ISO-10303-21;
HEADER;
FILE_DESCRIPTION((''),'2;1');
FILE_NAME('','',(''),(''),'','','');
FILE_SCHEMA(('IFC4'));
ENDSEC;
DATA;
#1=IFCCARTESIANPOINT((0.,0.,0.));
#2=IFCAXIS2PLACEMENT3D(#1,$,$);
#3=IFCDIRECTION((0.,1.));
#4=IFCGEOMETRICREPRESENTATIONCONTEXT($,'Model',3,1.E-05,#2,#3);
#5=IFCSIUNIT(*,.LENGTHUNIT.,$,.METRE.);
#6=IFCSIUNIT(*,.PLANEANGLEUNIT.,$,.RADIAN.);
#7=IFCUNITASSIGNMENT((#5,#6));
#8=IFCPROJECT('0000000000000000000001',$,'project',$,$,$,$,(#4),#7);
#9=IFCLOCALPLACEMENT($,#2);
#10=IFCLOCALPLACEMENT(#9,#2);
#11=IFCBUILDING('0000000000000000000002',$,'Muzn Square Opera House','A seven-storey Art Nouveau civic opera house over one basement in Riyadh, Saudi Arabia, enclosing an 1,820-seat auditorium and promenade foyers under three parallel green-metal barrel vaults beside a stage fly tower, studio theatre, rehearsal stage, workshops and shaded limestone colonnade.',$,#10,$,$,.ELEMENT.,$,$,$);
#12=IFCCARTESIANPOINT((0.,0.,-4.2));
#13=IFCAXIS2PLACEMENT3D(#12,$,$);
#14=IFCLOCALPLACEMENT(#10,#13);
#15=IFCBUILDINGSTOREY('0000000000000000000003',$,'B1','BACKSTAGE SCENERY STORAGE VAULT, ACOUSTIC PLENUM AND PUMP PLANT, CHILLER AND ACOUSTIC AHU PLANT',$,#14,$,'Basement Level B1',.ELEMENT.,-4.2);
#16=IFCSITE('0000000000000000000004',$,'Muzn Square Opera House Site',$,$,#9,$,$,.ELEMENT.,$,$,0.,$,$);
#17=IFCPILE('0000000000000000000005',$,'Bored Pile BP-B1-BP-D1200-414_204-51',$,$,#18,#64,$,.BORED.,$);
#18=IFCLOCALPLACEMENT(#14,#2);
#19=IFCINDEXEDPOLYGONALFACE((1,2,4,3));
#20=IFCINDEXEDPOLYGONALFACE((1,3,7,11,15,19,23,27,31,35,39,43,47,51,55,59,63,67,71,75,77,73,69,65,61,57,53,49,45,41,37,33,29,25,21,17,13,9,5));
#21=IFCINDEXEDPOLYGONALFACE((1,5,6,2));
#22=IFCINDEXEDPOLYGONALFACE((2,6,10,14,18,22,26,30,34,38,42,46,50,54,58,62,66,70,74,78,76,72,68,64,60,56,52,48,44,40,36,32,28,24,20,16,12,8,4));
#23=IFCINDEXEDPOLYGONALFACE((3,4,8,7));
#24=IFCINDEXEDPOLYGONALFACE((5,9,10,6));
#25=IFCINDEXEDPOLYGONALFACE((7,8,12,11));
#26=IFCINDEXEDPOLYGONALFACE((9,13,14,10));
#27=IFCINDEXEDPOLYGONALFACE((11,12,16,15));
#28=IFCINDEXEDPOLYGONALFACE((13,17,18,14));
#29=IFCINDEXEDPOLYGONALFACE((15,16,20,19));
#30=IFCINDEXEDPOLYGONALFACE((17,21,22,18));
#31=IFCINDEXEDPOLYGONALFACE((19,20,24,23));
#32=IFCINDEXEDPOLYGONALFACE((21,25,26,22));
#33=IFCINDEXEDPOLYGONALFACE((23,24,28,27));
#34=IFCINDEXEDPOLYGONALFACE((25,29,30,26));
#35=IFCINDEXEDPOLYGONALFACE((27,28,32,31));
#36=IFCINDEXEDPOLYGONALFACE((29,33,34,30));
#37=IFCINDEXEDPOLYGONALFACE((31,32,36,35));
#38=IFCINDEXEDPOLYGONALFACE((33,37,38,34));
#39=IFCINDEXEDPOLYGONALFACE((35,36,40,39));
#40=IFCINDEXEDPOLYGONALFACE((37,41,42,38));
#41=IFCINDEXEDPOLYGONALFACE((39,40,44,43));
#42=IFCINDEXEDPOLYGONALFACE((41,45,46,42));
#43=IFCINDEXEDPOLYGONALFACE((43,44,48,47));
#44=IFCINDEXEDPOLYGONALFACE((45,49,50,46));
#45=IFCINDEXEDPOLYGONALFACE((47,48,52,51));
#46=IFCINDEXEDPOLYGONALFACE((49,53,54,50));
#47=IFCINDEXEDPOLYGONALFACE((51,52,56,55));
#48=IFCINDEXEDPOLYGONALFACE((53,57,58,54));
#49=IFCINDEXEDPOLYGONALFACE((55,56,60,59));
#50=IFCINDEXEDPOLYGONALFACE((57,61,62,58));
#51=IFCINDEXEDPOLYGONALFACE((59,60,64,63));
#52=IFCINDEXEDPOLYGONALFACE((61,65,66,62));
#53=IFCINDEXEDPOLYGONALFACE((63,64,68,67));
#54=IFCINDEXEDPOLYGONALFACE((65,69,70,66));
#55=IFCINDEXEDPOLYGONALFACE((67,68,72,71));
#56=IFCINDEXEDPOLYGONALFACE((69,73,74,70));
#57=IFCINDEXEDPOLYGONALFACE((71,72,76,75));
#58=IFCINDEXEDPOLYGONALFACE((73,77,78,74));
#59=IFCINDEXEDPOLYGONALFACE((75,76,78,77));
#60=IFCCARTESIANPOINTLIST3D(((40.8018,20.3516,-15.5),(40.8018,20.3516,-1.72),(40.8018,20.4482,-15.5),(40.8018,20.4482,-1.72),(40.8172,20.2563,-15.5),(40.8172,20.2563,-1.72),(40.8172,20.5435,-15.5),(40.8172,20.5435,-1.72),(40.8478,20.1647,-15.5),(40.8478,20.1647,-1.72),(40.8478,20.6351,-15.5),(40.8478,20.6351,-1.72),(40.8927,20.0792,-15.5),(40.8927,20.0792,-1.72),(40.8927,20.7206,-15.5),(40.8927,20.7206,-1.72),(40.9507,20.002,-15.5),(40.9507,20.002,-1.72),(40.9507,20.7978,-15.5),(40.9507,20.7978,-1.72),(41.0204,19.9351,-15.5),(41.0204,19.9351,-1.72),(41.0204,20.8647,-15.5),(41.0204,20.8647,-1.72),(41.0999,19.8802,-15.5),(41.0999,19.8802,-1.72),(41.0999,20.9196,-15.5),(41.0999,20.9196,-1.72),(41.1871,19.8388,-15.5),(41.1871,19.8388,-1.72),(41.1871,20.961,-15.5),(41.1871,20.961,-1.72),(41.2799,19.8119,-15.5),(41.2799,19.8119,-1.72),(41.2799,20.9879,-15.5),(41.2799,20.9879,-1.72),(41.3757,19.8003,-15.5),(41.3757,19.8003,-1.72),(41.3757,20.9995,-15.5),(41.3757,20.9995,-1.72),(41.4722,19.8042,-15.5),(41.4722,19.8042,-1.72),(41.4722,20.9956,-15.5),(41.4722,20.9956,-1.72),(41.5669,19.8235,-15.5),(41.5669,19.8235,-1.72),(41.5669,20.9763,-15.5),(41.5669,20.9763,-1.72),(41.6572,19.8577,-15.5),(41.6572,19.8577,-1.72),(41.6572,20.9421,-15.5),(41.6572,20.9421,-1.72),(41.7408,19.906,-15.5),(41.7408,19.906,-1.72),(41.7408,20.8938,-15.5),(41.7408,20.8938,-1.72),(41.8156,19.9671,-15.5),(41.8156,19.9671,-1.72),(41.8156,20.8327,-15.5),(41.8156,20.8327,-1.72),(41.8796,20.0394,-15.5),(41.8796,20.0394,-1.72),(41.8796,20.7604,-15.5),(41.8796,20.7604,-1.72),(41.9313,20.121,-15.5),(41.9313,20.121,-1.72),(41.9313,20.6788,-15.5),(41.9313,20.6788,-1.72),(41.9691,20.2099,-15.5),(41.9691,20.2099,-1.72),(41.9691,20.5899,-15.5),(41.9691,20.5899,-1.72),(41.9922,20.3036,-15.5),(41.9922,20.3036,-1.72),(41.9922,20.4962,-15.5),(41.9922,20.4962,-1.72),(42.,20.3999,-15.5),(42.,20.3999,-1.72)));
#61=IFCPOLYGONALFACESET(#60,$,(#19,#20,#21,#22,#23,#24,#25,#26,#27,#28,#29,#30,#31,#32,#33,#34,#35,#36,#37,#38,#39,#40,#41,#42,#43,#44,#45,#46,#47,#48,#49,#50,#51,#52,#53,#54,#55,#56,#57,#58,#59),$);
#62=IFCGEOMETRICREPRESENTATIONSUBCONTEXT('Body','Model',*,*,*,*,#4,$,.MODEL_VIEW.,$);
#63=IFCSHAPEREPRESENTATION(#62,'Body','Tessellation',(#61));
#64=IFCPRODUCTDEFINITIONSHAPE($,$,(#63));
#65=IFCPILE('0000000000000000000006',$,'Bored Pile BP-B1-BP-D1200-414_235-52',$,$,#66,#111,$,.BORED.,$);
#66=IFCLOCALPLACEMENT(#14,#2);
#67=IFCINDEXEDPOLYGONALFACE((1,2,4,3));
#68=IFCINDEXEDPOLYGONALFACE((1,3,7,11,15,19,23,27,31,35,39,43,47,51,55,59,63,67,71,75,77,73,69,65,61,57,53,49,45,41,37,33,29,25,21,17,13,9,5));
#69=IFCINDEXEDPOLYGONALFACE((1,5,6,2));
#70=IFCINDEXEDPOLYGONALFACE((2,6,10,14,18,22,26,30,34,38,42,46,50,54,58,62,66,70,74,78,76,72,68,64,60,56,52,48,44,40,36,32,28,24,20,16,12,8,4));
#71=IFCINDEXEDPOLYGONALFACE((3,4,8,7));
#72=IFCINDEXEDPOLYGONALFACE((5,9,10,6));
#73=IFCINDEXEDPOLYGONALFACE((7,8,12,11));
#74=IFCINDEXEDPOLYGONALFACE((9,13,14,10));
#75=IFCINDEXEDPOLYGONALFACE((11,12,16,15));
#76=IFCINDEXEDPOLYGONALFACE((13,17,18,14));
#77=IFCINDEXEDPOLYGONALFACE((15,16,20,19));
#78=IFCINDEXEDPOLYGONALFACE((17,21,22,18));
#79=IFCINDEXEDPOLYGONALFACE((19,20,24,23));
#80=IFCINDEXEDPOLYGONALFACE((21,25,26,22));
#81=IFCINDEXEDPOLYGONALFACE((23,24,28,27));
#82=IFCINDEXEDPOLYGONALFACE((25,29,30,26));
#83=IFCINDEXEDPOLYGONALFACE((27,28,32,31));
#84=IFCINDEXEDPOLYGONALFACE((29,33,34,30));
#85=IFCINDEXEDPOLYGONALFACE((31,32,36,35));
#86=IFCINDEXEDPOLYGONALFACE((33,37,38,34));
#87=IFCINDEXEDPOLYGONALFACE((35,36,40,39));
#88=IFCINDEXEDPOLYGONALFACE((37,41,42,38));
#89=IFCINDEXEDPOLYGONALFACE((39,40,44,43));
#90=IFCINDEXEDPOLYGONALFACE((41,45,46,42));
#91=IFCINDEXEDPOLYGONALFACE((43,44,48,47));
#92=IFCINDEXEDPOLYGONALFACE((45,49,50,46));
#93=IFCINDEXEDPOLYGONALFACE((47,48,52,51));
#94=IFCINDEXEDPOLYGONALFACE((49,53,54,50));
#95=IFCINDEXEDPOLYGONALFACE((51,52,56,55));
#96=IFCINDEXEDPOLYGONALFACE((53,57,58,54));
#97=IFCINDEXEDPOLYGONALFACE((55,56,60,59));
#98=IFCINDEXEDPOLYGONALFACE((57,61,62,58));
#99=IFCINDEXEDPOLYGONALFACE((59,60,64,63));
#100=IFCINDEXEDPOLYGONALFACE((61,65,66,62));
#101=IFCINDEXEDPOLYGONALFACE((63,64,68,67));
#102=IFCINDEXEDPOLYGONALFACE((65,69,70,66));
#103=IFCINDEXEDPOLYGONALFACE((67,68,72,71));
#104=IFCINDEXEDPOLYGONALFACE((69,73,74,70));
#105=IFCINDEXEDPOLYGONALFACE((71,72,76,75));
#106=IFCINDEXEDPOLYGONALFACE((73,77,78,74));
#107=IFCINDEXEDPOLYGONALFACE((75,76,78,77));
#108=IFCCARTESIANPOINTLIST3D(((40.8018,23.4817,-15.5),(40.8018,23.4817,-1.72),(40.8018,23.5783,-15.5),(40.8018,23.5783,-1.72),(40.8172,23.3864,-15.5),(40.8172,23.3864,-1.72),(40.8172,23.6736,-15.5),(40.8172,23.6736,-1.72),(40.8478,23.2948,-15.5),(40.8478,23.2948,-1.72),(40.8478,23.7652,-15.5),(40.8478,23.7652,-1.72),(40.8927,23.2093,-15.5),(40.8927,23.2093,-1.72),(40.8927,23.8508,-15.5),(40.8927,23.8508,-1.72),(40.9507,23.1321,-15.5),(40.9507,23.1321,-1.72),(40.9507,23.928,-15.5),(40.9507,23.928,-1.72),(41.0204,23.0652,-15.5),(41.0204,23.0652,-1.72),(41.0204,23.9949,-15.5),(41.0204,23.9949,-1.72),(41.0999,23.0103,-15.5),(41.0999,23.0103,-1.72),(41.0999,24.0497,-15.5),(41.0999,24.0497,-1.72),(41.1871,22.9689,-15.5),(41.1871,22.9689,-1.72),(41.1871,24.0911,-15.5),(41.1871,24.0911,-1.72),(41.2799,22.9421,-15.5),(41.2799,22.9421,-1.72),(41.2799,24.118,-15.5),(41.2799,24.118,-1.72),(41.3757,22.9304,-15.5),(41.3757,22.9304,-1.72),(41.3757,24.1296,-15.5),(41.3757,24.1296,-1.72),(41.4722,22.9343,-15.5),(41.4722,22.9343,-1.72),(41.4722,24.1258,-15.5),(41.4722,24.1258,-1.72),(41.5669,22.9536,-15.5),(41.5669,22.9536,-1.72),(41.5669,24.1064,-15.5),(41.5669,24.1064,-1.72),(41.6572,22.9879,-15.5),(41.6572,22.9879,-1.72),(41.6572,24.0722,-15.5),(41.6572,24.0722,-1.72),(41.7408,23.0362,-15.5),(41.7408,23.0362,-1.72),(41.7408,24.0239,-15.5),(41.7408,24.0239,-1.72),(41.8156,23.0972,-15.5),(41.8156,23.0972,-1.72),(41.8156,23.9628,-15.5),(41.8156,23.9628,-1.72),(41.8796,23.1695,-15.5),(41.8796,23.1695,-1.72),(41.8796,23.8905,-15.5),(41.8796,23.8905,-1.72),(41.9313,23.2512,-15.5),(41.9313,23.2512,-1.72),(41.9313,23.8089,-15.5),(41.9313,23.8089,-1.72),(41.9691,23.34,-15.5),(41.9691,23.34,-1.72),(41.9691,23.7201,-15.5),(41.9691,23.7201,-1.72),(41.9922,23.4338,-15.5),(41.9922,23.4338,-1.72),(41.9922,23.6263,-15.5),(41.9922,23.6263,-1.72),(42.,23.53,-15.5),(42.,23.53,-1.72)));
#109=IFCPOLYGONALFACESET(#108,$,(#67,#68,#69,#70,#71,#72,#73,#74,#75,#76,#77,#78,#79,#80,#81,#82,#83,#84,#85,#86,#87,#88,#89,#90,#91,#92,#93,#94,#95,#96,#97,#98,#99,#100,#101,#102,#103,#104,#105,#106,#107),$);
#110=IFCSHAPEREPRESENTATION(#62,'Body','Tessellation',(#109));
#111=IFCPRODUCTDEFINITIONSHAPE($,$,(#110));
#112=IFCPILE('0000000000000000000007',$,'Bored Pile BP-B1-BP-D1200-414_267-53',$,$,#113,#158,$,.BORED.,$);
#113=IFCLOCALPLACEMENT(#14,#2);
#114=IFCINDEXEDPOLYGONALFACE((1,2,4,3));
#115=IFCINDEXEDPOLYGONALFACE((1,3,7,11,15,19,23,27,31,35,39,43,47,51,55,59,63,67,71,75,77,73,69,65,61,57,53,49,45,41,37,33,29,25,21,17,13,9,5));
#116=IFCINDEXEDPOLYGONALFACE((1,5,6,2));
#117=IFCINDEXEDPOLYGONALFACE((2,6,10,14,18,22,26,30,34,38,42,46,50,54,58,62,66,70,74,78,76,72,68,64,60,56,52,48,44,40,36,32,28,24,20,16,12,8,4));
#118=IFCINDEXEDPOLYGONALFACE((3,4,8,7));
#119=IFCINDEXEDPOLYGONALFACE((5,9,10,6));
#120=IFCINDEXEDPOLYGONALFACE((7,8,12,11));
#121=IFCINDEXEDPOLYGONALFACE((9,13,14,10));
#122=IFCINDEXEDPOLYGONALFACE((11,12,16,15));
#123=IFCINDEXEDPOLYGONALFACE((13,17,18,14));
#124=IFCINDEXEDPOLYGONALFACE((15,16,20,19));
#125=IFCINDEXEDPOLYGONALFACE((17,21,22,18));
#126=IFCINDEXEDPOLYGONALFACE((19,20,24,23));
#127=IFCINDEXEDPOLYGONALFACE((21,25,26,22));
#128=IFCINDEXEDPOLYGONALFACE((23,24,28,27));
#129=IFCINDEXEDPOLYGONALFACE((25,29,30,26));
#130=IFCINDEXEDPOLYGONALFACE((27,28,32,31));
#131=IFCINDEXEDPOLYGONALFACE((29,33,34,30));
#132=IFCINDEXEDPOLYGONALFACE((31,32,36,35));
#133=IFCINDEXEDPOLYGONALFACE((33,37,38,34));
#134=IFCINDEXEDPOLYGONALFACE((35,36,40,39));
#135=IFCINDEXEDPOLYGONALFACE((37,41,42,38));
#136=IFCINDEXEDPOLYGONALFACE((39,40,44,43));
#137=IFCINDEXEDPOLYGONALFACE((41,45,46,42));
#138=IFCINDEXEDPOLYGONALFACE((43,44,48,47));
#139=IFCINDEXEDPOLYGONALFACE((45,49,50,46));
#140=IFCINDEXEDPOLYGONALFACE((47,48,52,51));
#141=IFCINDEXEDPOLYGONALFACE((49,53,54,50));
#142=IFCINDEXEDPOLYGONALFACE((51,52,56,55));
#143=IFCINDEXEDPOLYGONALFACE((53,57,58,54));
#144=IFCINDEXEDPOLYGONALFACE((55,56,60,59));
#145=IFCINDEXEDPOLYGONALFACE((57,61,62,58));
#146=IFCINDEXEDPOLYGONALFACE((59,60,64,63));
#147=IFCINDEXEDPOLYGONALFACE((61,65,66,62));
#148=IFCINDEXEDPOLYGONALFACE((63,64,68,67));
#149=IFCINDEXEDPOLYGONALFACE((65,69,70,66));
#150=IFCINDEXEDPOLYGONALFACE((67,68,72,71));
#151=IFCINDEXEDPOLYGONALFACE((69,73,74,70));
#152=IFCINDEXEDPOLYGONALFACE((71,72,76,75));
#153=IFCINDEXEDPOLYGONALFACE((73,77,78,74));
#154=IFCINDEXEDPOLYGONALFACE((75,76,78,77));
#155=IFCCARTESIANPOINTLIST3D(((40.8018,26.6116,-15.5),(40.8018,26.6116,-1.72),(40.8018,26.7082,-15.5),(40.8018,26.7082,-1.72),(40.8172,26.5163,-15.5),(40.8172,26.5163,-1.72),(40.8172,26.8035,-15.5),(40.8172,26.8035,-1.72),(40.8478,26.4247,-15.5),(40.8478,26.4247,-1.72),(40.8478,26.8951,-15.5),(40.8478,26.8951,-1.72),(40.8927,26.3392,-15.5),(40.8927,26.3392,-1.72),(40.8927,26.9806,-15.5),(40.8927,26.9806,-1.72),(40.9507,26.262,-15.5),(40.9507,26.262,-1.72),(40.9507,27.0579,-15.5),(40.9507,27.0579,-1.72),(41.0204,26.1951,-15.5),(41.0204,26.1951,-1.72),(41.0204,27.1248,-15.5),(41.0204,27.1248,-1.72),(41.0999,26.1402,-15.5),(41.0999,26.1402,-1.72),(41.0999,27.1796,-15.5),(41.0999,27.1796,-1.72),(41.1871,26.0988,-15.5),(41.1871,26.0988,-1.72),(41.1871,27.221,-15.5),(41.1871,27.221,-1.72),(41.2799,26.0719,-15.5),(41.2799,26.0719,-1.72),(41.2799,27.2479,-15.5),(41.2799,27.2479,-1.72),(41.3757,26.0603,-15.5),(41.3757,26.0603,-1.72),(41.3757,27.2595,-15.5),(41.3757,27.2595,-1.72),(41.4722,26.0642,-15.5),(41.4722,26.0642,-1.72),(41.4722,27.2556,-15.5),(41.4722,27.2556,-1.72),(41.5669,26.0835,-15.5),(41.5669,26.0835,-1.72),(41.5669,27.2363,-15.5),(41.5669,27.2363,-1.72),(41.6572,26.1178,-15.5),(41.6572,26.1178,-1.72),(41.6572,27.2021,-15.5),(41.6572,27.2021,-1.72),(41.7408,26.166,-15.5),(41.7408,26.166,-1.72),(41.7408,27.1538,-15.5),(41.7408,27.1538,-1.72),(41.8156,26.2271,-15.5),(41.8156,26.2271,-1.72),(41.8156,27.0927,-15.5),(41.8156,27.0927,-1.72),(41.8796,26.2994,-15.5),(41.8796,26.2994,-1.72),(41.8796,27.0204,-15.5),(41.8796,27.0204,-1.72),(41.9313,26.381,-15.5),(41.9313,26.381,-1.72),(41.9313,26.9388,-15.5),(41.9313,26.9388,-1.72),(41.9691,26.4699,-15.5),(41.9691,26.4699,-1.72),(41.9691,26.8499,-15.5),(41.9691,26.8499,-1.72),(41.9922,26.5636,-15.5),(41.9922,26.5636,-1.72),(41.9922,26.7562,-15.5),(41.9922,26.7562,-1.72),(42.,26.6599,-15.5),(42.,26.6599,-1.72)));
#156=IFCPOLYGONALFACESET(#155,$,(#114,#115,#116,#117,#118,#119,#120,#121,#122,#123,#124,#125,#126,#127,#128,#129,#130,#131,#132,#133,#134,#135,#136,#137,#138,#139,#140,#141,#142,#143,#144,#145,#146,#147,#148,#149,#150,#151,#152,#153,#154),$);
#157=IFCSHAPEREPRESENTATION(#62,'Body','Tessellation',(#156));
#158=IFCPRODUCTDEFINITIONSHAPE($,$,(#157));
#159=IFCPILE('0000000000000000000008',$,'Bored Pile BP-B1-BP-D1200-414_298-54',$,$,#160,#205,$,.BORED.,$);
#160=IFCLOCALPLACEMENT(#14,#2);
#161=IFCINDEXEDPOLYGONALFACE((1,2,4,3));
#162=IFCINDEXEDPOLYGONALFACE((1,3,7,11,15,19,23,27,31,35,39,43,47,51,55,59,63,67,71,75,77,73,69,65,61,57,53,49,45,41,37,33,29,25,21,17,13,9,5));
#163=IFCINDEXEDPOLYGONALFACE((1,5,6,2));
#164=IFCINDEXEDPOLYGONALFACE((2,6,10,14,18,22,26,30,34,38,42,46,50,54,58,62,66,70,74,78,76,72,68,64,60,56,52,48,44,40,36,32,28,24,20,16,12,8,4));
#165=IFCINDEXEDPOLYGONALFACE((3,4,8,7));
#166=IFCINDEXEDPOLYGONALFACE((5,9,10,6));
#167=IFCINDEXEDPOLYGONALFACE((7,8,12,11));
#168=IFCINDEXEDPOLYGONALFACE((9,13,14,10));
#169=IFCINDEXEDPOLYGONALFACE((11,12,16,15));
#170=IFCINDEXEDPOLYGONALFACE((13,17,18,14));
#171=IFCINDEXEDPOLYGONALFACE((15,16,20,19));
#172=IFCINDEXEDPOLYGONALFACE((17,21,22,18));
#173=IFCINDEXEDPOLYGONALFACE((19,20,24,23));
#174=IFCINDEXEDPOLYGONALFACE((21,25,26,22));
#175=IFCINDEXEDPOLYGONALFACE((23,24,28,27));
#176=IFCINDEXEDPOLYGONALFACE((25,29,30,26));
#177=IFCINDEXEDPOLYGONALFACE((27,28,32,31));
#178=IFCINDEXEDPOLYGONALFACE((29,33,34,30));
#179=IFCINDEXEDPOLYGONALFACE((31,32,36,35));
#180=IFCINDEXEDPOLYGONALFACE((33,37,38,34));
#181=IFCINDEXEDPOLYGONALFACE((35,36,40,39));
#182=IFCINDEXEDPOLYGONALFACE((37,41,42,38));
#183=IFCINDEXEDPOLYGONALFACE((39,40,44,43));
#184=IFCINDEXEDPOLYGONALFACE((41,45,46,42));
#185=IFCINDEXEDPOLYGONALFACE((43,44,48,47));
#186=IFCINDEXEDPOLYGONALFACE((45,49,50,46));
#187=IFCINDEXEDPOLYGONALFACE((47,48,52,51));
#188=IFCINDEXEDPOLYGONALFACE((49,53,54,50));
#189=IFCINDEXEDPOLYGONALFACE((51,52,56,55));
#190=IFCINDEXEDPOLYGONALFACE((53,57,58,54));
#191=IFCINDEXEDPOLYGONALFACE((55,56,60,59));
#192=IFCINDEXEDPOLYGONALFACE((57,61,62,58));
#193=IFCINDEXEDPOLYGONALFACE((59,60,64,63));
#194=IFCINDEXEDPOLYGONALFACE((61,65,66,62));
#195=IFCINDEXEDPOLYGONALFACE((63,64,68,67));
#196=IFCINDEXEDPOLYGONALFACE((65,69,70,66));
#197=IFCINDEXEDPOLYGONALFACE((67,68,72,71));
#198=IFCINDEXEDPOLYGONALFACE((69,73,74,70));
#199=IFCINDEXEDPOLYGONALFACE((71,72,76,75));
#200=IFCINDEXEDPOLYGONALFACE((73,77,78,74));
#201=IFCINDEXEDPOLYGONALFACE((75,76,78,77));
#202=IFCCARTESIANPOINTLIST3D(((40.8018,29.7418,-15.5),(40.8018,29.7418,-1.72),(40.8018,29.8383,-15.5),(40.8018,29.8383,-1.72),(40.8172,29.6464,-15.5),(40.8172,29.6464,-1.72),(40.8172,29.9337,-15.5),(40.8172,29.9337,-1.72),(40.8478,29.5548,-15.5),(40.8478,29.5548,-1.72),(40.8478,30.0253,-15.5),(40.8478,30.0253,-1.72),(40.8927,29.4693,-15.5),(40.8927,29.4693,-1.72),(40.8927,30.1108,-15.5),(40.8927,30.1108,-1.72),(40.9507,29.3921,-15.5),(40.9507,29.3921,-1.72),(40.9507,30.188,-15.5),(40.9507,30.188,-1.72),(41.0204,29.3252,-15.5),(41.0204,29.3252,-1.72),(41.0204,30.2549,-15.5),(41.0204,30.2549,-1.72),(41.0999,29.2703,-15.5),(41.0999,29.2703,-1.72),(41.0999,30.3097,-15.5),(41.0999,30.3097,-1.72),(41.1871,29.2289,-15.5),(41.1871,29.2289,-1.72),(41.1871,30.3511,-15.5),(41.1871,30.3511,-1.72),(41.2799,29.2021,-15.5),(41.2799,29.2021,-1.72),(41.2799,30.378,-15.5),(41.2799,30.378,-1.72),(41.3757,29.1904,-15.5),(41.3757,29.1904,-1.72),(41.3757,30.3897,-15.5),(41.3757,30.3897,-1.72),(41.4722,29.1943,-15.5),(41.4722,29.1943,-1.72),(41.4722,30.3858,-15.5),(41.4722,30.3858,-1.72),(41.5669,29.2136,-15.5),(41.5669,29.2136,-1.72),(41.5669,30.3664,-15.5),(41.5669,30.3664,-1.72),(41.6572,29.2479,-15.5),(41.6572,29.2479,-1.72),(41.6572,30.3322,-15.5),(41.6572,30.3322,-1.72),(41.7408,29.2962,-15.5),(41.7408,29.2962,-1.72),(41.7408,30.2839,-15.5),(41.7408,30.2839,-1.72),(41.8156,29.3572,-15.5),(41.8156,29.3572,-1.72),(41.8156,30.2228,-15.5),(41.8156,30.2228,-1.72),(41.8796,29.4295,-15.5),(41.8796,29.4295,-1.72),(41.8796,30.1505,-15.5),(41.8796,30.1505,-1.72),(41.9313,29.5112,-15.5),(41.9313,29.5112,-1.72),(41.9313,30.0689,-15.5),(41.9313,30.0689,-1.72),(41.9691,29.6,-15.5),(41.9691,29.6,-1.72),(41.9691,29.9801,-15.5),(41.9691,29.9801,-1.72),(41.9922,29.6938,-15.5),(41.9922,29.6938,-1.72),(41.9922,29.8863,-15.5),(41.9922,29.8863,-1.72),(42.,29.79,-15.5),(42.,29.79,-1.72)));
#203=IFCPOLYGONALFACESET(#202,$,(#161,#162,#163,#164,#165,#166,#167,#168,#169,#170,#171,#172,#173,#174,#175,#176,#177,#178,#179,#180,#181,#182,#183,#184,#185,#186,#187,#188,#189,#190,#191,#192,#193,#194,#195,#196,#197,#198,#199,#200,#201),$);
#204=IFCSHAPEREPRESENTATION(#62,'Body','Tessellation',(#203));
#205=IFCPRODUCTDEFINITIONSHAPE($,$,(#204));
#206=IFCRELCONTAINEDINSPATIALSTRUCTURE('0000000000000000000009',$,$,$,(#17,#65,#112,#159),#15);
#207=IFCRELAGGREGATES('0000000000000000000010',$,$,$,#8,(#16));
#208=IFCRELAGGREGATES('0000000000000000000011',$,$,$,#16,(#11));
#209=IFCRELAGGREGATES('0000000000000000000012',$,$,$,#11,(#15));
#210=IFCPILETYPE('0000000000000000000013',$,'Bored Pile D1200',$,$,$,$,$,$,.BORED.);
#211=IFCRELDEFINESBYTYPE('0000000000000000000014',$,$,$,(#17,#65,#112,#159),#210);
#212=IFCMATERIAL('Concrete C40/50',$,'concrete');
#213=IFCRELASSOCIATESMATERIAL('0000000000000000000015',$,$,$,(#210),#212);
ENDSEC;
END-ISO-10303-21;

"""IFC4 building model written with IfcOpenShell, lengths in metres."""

from ifc_helpers import new_model, si_unit, direction, frame, origin, origin_2d, place, context, subcontext, project, spatial, circle, extrude, material, material_profile, profile_set, type_object, element, save


model = new_model("IFC4")

# Units and contexts
model_context = context("Model", 3, precision=1e-05, world=origin(), true_north=direction((0.0, 1.0)))
body_context = subcontext(model_context, "Body", "Model", "MODEL_VIEW")
ifc_project = project(units=[si_unit("LENGTHUNIT", "METRE"), si_unit("PLANEANGLEUNIT", "RADIAN")], contexts=[model_context])

# Site, building, storey
site_placement = place(None, origin())
site = spatial("IfcSite", under=ifc_project, at=site_placement, Name="Muzn Square Opera House Site", CompositionType="ELEMENT", RefElevation=0.0)
building_placement = place(site_placement, origin())
building = spatial("IfcBuilding", under=site, at=building_placement, Name="Muzn Square Opera House", Description="A seven-storey Art Nouveau civic opera house over one basement in Riyadh, Saudi Arabia, enclosing an 1,820-seat auditorium and promenade foyers under three parallel green-metal barrel vaults beside a stage fly tower, studio theatre, rehearsal stage, workshops and shaded limestone colonnade.", CompositionType="ELEMENT")
storey_placement = place(building_placement, frame((0.0, 0.0, -4.2)))
storey = spatial("IfcBuildingStorey", under=building, at=storey_placement, Name="B1", Description="BACKSTAGE SCENERY STORAGE VAULT, ACOUSTIC PLENUM AND PUMP PLANT, CHILLER AND ACOUSTIC AHU PLANT", LongName="Basement Level B1", CompositionType="ELEMENT", Elevation=-4.2)

# Piles
ifc_material_1 = material(Name="Concrete C40/50", Category="concrete")
ifc_material_profile_1 = material_profile(ifc_material_1, circle(Radius=0.6001, at=origin_2d()), Name="BORED PILE D1200", Category="concrete")
ifc_profile_set_1 = profile_set([ifc_material_profile_1], Name="Concrete C40/50")
pile_type_1 = type_object("IfcPileType", Name="Bored Pile D1200", PredefinedType="BORED", material=ifc_profile_set_1)
for number, where, z_axis, x_axis, name in (
    (1, (41.3999, 20.3999, -1.72), (0.0, 0.0, -1.0), (1.0, 0.0, 0.0), "Bored Pile BP-B1-BP-D1200-414_204-51"),
    (2, (41.3999, 23.53, -1.72), (0.0, 0.0, -1.0), (1.0, 0.0, 0.0), "Bored Pile BP-B1-BP-D1200-414_235-52"),
    (3, (41.3999, 26.6599, -1.72), (0.0, 0.0, -1.0), (1.0, 0.0, 0.0), "Bored Pile BP-B1-BP-D1200-414_267-53"),
    (4, (41.3999, 29.79, -1.72), (0.0, 0.0, -1.0), (1.0, 0.0, 0.0), "Bored Pile BP-B1-BP-D1200-414_298-54"),
):
    element("IfcPile", number, at=place(storey_placement, frame(where, z_axis=z_axis, x_axis=x_axis)), inside=storey, type_object=pile_type_1, Name=name, PredefinedType="BORED", context=body_context, shape_type="SweptSolid", body=[
        extrude(circle(Radius=0.6001, at=origin_2d()), origin(), (0.0, 0.0, 1.0), 13.78),
    ])

save(model, "model.ifc")
